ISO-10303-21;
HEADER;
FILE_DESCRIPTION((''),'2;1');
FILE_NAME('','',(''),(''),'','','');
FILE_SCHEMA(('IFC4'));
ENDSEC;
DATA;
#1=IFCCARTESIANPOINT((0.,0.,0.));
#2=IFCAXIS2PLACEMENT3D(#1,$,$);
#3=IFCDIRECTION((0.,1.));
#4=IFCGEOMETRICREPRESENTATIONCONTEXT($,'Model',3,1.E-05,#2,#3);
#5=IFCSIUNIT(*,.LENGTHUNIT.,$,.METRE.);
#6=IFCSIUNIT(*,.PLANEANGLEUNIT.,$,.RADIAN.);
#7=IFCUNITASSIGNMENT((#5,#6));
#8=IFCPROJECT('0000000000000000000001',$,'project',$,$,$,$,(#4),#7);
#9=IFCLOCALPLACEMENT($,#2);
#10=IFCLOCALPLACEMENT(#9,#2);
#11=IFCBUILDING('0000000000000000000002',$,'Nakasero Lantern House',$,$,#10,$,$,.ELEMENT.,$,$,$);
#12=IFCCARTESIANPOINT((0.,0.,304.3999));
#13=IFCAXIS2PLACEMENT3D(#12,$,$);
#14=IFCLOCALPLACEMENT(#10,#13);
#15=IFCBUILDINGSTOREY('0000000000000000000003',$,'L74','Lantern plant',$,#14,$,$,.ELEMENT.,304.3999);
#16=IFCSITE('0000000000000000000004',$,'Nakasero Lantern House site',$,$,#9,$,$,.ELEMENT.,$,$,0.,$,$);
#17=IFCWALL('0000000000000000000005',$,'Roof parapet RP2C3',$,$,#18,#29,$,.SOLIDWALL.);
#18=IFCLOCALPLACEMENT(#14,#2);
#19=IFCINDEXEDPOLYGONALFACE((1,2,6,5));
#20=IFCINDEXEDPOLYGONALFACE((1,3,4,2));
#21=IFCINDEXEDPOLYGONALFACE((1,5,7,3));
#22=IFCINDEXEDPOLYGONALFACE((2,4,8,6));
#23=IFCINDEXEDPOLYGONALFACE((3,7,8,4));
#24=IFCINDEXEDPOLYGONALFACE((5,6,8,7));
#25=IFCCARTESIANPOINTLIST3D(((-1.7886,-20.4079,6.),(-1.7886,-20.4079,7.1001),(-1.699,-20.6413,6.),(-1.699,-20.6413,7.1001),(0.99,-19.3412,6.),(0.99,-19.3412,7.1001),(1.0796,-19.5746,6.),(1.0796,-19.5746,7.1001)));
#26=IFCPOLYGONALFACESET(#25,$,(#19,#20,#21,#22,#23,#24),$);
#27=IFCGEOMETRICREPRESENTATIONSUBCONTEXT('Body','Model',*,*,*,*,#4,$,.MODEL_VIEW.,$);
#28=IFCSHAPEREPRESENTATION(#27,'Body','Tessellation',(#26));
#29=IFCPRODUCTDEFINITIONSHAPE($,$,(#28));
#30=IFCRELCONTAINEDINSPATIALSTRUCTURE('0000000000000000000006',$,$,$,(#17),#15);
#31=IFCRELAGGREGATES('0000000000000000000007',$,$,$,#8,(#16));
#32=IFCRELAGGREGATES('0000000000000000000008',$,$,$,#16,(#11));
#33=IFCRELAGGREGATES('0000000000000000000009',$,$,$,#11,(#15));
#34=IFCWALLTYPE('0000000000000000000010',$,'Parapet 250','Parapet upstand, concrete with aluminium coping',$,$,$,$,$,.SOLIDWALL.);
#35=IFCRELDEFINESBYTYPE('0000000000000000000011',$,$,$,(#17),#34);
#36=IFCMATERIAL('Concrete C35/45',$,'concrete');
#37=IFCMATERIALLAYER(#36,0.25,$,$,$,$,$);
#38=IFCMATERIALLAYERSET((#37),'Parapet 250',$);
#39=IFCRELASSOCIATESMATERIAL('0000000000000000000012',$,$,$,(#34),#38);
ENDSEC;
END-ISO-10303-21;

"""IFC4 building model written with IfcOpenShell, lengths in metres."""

from ifc_helpers import new_model, si_unit, direction, frame, frame_2d, origin, place, context, subcontext, project, spatial, rectangle, extrude, material, layer, layer_set, type_object, element, save


model = new_model("IFC4")

# Units and contexts
model_context = context("Model", 3, precision=1e-05, world=origin(), true_north=direction((0.0, 1.0)))
body_context = subcontext(model_context, "Body", "Model", "MODEL_VIEW")
ifc_project = project(units=[si_unit("LENGTHUNIT", "METRE"), si_unit("PLANEANGLEUNIT", "RADIAN")], contexts=[model_context])

# Site, building, storey
site_placement = place(None, origin())
site = spatial("IfcSite", under=ifc_project, at=site_placement, Name="Nakasero Lantern House site", CompositionType="ELEMENT", RefElevation=0.0)
building_placement = place(site_placement, origin())
building = spatial("IfcBuilding", under=site, at=building_placement, Name="Nakasero Lantern House", CompositionType="ELEMENT")
storey_placement = place(building_placement, frame((0.0, 0.0, 304.3999)))
storey = spatial("IfcBuildingStorey", under=building, at=storey_placement, Name="L74", Description="Lantern plant", CompositionType="ELEMENT", Elevation=304.3999)

# Wall
ifc_material_1 = material(Name="Concrete C35/45", Category="concrete")
ifc_layer_1 = layer(ifc_material_1, 0.25)
ifc_layer_set_1 = layer_set([ifc_layer_1], Name="Parapet 250")
wall_type = type_object("IfcWallType", Name="Parapet 250", Description="Parapet upstand, concrete with aluminium coping", PredefinedType="SOLIDWALL", material=ifc_layer_set_1)
wall_placement = place(storey_placement, frame((-1.7439, -20.5247, 6.0), z_axis=(0.0, 0.0, 1.0), x_axis=(0.933574, 0.358385, 0.0)))
element("IfcWall", 1, at=wall_placement, inside=storey, type_object=wall_type, Name="Roof parapet RP2C3", PredefinedType="SOLIDWALL", context=body_context, shape_type="SweptSolid", body=[
    extrude(rectangle(XDim=2.9763, YDim=0.25, at=frame_2d((1.4883, 0.0))), origin(), (0.0, 0.0, 1.0), 1.1001),
])

save(model, "model.ifc")
